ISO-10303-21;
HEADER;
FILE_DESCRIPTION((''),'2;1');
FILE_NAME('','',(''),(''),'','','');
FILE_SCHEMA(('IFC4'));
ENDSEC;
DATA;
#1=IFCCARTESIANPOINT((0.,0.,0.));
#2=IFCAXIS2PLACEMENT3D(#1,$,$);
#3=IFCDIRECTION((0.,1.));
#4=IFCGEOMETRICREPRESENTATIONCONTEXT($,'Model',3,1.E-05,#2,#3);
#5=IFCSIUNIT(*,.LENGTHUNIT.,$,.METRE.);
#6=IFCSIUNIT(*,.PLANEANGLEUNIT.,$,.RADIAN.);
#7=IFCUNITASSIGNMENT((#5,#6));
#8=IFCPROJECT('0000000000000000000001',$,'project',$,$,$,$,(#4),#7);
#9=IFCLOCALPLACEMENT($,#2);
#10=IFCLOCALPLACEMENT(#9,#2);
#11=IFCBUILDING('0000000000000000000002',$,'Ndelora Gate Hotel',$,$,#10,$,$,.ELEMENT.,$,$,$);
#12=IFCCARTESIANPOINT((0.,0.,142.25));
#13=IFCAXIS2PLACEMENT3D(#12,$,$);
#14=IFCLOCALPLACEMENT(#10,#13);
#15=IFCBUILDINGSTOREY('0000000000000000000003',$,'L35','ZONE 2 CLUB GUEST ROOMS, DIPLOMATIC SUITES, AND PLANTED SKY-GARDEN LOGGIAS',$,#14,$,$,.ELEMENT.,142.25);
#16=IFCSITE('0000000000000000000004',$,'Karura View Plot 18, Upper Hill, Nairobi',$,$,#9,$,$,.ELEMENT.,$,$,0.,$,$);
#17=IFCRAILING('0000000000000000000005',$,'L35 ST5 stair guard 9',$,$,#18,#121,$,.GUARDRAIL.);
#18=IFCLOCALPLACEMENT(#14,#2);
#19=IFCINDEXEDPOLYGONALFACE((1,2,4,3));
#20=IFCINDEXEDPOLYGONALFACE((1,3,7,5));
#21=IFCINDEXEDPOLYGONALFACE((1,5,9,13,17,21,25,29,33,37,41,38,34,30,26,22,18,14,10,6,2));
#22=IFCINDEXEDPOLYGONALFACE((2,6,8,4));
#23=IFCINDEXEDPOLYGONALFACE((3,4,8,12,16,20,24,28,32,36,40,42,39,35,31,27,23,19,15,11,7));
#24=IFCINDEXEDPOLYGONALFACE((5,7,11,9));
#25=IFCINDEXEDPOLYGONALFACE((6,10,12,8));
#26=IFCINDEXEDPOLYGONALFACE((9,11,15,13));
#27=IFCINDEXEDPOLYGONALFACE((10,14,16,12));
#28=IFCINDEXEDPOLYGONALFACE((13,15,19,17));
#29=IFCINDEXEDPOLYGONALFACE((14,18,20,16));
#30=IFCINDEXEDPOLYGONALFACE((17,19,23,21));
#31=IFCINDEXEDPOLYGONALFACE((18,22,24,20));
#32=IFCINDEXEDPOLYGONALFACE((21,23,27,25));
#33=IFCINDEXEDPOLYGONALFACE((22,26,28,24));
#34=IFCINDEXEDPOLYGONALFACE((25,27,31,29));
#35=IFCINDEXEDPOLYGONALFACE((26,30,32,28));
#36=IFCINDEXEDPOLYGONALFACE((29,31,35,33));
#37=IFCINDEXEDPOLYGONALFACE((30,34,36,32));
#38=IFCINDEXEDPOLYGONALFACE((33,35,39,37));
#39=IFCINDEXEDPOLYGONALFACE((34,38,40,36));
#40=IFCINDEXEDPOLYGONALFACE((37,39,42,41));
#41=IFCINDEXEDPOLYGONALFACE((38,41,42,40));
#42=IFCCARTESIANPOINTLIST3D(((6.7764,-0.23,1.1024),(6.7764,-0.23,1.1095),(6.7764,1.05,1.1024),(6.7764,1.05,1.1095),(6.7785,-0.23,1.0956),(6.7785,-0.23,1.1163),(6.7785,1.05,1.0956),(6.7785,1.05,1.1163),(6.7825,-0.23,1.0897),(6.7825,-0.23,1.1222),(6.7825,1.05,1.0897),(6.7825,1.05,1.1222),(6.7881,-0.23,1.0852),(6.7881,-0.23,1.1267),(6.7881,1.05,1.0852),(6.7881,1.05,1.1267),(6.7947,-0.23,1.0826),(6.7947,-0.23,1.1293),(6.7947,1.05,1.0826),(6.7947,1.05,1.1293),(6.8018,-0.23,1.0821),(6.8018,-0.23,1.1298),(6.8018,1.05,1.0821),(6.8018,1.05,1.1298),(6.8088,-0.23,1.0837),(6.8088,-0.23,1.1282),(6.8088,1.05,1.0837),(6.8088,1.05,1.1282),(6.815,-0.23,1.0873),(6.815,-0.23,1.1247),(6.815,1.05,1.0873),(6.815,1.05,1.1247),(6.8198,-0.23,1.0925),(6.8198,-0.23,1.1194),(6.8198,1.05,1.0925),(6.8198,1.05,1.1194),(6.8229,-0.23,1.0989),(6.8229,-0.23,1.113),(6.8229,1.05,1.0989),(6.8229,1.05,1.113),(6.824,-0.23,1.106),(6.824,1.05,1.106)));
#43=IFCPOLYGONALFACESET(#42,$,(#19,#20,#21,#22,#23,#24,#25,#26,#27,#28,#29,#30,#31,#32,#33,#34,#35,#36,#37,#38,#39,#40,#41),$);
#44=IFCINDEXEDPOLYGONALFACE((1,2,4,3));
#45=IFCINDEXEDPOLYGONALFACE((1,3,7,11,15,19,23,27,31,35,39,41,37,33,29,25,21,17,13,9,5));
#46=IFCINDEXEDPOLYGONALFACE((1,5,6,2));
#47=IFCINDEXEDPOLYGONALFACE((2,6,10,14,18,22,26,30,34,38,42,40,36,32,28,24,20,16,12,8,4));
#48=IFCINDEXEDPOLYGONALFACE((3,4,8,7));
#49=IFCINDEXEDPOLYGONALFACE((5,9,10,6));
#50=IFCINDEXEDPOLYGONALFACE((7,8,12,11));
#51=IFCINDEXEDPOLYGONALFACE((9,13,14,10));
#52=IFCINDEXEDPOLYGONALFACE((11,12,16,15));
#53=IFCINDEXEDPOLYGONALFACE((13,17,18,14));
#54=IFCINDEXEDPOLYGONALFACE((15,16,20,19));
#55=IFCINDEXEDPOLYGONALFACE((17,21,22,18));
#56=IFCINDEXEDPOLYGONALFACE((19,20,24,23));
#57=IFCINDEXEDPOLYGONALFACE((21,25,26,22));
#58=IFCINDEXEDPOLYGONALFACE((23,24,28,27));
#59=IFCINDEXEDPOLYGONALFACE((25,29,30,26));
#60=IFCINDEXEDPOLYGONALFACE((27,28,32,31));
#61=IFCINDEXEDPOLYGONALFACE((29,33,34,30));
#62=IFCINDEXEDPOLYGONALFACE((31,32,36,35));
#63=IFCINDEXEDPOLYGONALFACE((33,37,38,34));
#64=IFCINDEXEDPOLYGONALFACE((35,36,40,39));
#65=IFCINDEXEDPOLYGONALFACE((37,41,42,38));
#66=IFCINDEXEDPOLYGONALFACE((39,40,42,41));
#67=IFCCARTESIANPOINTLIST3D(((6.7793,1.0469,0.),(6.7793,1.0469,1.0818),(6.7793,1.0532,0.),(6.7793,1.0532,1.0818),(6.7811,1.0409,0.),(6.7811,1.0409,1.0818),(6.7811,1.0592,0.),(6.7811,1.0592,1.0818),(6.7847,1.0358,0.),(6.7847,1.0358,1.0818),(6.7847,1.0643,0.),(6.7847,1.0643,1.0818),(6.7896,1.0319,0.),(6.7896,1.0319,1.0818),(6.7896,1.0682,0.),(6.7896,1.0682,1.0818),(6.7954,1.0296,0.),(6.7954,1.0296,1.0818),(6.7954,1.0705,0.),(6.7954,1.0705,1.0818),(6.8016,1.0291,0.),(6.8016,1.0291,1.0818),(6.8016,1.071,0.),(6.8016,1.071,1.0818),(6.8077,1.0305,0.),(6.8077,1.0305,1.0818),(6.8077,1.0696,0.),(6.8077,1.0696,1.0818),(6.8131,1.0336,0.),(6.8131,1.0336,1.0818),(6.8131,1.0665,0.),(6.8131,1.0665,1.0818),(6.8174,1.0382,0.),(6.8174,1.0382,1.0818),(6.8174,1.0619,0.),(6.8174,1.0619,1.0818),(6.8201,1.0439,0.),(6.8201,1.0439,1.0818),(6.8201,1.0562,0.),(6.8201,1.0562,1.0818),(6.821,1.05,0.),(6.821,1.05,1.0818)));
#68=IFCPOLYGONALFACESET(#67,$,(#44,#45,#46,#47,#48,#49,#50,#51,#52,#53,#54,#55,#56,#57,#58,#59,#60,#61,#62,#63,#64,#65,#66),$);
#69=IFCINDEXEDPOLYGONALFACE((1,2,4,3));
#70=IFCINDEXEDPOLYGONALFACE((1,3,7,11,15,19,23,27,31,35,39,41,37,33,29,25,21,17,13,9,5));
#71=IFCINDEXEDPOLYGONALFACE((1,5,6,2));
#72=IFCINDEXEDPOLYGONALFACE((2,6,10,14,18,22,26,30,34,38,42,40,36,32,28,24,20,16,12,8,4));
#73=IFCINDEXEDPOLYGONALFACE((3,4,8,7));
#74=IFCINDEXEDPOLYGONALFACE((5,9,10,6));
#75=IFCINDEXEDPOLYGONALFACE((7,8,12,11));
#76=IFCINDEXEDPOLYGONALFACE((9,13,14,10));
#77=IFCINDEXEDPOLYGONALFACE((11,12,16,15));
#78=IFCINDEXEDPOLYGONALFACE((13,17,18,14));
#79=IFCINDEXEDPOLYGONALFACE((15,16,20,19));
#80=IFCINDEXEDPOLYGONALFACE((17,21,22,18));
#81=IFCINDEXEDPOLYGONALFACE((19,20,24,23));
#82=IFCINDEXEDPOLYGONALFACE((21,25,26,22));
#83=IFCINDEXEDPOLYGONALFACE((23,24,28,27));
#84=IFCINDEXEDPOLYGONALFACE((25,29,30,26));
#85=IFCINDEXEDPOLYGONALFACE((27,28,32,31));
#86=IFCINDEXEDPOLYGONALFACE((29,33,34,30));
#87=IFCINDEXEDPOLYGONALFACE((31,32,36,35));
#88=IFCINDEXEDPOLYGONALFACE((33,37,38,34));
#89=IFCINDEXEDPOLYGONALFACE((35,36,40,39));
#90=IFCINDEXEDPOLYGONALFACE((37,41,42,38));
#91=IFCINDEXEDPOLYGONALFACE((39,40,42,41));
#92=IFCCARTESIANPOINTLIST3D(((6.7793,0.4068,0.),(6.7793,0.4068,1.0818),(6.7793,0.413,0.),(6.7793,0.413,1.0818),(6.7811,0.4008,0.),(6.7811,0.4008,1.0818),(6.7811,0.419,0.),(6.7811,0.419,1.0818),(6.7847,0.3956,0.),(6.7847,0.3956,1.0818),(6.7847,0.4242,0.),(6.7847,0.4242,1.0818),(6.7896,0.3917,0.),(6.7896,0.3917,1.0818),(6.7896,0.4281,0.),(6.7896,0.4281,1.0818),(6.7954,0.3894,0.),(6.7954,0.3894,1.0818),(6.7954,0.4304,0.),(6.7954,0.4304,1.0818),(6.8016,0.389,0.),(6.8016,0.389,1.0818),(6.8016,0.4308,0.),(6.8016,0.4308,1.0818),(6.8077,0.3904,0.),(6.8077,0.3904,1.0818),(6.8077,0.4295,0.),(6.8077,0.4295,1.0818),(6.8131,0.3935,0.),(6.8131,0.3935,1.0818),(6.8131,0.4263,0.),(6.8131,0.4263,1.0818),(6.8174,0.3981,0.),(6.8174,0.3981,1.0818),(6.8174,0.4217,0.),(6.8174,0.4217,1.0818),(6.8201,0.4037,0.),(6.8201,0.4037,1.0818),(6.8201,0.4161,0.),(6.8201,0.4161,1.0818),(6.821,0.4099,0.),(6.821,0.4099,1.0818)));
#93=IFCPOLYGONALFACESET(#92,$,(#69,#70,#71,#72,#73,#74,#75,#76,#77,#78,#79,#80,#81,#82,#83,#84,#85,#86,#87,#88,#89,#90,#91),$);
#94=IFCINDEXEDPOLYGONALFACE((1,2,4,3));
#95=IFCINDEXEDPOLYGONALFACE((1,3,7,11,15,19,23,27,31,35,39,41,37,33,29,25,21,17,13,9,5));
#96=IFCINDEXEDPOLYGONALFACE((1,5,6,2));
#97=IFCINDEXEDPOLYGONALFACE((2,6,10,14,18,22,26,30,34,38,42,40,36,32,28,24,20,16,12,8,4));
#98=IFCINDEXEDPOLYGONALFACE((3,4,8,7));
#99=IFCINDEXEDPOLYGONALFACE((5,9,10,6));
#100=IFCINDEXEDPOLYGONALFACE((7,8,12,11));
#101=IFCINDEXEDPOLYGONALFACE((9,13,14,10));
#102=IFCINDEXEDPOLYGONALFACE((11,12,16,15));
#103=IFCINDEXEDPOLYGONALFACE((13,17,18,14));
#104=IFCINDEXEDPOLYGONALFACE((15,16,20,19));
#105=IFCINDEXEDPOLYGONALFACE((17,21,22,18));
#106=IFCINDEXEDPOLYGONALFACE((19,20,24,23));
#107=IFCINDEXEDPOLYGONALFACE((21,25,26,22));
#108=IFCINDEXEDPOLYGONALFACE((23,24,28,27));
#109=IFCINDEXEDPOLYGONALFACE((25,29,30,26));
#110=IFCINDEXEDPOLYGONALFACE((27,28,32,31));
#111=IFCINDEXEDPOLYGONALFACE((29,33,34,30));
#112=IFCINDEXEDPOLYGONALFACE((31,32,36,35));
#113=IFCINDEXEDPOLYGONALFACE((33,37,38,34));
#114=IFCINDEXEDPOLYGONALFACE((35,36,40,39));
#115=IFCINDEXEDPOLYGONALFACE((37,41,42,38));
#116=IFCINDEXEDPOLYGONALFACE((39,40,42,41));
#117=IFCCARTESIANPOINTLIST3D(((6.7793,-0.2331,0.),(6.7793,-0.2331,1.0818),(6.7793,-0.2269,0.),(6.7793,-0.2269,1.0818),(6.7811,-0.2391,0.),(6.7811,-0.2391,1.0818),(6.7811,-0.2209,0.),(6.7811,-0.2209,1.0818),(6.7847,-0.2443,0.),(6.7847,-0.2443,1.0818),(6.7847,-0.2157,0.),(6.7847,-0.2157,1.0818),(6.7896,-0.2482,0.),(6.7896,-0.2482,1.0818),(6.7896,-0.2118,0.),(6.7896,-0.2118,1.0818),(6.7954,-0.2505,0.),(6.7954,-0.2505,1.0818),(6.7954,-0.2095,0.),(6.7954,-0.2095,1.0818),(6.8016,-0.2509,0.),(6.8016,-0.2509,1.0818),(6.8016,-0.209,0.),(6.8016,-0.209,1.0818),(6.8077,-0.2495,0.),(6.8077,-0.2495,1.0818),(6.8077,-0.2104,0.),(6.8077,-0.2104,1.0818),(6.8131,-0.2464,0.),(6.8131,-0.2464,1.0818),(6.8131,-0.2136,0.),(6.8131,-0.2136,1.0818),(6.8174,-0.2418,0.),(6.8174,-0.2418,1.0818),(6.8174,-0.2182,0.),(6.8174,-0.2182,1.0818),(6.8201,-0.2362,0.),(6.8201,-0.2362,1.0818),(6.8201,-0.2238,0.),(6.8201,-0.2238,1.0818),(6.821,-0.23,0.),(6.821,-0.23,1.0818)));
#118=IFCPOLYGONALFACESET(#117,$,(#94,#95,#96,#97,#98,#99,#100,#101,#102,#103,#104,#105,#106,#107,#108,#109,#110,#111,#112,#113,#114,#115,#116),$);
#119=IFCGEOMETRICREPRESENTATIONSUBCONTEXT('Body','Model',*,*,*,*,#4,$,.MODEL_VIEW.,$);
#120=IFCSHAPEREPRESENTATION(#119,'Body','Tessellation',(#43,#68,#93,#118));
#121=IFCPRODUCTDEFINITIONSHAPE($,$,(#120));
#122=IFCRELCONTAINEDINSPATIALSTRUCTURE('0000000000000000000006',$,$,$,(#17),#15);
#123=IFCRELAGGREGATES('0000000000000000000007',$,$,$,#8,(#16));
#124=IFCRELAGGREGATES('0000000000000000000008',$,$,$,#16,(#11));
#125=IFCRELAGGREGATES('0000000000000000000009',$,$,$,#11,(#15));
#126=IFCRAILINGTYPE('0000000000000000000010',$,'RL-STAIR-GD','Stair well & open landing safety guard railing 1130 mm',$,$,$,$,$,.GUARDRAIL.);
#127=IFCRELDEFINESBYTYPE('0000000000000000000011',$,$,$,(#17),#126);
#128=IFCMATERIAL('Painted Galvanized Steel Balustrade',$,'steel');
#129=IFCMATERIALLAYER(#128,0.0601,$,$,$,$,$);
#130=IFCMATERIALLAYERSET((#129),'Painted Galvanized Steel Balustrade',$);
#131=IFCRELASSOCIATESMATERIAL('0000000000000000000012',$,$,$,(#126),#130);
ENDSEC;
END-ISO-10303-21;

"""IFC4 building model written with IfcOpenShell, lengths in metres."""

from ifc_helpers import new_model, si_unit, direction, frame, origin, origin_2d, place, context, subcontext, project, spatial, circle, extrude, material, layer, layer_set, type_object, element, save


model = new_model("IFC4")

# Units and contexts
model_context = context("Model", 3, precision=1e-05, world=origin(), true_north=direction((0.0, 1.0)))
body_context = subcontext(model_context, "Body", "Model", "MODEL_VIEW")
ifc_project = project(units=[si_unit("LENGTHUNIT", "METRE"), si_unit("PLANEANGLEUNIT", "RADIAN")], contexts=[model_context])

# Site, building, storey
site_placement = place(None, origin())
site = spatial("IfcSite", under=ifc_project, at=site_placement, Name="Karura View Plot 18, Upper Hill, Nairobi", CompositionType="ELEMENT", RefElevation=0.0)
building_placement = place(site_placement, origin())
building = spatial("IfcBuilding", under=site, at=building_placement, Name="Ndelora Gate Hotel", CompositionType="ELEMENT")
storey_placement = place(building_placement, frame((0.0, 0.0, 142.25)))
storey = spatial("IfcBuildingStorey", under=building, at=storey_placement, Name="L35", Description="ZONE 2 CLUB GUEST ROOMS, DIPLOMATIC SUITES, AND PLANTED SKY-GARDEN LOGGIAS", CompositionType="ELEMENT", Elevation=142.25)

# Railing
ifc_material_1 = material(Name="Painted Galvanized Steel Balustrade", Category="steel")
ifc_layer_1 = layer(ifc_material_1, 0.0601)
ifc_layer_set_1 = layer_set([ifc_layer_1], Name="Painted Galvanized Steel Balustrade")
railing_type_1 = type_object("IfcRailingType", Name="RL-STAIR-GD", Description="Stair well & open landing safety guard railing 1130 mm", PredefinedType="GUARDRAIL", material=ifc_layer_set_1)
for number, where, name in (
    (1, (6.8, 1.05, 0.0), "L35 ST5 stair guard 9"),
):
    element("IfcRailing", number, at=place(storey_placement, frame(where)), inside=storey, type_object=railing_type_1, Name=name, PredefinedType="GUARDRAIL", context=body_context, shape_type="SweptSolid", body=[
        extrude(circle(Radius=0.0239, at=origin_2d()), frame((0.0, 0.0, 1.106), z_axis=(0.0, -1.0, 0.0), x_axis=(1.0, 0.0, 0.0)), (0.0, 0.0, 1.0), 1.28),
        extrude(circle(Radius=0.021, at=origin_2d()), origin(), (0.0, 0.0, 1.0), 1.0818),
        extrude(circle(Radius=0.021, at=origin_2d()), frame((0.0, -0.6401, 0.0)), (0.0, 0.0, 1.0), 1.0818),
        extrude(circle(Radius=0.021, at=origin_2d()), frame((0.0, -1.28, 0.0)), (0.0, 0.0, 1.0), 1.0818),
    ])

save(model, "model.ifc")
